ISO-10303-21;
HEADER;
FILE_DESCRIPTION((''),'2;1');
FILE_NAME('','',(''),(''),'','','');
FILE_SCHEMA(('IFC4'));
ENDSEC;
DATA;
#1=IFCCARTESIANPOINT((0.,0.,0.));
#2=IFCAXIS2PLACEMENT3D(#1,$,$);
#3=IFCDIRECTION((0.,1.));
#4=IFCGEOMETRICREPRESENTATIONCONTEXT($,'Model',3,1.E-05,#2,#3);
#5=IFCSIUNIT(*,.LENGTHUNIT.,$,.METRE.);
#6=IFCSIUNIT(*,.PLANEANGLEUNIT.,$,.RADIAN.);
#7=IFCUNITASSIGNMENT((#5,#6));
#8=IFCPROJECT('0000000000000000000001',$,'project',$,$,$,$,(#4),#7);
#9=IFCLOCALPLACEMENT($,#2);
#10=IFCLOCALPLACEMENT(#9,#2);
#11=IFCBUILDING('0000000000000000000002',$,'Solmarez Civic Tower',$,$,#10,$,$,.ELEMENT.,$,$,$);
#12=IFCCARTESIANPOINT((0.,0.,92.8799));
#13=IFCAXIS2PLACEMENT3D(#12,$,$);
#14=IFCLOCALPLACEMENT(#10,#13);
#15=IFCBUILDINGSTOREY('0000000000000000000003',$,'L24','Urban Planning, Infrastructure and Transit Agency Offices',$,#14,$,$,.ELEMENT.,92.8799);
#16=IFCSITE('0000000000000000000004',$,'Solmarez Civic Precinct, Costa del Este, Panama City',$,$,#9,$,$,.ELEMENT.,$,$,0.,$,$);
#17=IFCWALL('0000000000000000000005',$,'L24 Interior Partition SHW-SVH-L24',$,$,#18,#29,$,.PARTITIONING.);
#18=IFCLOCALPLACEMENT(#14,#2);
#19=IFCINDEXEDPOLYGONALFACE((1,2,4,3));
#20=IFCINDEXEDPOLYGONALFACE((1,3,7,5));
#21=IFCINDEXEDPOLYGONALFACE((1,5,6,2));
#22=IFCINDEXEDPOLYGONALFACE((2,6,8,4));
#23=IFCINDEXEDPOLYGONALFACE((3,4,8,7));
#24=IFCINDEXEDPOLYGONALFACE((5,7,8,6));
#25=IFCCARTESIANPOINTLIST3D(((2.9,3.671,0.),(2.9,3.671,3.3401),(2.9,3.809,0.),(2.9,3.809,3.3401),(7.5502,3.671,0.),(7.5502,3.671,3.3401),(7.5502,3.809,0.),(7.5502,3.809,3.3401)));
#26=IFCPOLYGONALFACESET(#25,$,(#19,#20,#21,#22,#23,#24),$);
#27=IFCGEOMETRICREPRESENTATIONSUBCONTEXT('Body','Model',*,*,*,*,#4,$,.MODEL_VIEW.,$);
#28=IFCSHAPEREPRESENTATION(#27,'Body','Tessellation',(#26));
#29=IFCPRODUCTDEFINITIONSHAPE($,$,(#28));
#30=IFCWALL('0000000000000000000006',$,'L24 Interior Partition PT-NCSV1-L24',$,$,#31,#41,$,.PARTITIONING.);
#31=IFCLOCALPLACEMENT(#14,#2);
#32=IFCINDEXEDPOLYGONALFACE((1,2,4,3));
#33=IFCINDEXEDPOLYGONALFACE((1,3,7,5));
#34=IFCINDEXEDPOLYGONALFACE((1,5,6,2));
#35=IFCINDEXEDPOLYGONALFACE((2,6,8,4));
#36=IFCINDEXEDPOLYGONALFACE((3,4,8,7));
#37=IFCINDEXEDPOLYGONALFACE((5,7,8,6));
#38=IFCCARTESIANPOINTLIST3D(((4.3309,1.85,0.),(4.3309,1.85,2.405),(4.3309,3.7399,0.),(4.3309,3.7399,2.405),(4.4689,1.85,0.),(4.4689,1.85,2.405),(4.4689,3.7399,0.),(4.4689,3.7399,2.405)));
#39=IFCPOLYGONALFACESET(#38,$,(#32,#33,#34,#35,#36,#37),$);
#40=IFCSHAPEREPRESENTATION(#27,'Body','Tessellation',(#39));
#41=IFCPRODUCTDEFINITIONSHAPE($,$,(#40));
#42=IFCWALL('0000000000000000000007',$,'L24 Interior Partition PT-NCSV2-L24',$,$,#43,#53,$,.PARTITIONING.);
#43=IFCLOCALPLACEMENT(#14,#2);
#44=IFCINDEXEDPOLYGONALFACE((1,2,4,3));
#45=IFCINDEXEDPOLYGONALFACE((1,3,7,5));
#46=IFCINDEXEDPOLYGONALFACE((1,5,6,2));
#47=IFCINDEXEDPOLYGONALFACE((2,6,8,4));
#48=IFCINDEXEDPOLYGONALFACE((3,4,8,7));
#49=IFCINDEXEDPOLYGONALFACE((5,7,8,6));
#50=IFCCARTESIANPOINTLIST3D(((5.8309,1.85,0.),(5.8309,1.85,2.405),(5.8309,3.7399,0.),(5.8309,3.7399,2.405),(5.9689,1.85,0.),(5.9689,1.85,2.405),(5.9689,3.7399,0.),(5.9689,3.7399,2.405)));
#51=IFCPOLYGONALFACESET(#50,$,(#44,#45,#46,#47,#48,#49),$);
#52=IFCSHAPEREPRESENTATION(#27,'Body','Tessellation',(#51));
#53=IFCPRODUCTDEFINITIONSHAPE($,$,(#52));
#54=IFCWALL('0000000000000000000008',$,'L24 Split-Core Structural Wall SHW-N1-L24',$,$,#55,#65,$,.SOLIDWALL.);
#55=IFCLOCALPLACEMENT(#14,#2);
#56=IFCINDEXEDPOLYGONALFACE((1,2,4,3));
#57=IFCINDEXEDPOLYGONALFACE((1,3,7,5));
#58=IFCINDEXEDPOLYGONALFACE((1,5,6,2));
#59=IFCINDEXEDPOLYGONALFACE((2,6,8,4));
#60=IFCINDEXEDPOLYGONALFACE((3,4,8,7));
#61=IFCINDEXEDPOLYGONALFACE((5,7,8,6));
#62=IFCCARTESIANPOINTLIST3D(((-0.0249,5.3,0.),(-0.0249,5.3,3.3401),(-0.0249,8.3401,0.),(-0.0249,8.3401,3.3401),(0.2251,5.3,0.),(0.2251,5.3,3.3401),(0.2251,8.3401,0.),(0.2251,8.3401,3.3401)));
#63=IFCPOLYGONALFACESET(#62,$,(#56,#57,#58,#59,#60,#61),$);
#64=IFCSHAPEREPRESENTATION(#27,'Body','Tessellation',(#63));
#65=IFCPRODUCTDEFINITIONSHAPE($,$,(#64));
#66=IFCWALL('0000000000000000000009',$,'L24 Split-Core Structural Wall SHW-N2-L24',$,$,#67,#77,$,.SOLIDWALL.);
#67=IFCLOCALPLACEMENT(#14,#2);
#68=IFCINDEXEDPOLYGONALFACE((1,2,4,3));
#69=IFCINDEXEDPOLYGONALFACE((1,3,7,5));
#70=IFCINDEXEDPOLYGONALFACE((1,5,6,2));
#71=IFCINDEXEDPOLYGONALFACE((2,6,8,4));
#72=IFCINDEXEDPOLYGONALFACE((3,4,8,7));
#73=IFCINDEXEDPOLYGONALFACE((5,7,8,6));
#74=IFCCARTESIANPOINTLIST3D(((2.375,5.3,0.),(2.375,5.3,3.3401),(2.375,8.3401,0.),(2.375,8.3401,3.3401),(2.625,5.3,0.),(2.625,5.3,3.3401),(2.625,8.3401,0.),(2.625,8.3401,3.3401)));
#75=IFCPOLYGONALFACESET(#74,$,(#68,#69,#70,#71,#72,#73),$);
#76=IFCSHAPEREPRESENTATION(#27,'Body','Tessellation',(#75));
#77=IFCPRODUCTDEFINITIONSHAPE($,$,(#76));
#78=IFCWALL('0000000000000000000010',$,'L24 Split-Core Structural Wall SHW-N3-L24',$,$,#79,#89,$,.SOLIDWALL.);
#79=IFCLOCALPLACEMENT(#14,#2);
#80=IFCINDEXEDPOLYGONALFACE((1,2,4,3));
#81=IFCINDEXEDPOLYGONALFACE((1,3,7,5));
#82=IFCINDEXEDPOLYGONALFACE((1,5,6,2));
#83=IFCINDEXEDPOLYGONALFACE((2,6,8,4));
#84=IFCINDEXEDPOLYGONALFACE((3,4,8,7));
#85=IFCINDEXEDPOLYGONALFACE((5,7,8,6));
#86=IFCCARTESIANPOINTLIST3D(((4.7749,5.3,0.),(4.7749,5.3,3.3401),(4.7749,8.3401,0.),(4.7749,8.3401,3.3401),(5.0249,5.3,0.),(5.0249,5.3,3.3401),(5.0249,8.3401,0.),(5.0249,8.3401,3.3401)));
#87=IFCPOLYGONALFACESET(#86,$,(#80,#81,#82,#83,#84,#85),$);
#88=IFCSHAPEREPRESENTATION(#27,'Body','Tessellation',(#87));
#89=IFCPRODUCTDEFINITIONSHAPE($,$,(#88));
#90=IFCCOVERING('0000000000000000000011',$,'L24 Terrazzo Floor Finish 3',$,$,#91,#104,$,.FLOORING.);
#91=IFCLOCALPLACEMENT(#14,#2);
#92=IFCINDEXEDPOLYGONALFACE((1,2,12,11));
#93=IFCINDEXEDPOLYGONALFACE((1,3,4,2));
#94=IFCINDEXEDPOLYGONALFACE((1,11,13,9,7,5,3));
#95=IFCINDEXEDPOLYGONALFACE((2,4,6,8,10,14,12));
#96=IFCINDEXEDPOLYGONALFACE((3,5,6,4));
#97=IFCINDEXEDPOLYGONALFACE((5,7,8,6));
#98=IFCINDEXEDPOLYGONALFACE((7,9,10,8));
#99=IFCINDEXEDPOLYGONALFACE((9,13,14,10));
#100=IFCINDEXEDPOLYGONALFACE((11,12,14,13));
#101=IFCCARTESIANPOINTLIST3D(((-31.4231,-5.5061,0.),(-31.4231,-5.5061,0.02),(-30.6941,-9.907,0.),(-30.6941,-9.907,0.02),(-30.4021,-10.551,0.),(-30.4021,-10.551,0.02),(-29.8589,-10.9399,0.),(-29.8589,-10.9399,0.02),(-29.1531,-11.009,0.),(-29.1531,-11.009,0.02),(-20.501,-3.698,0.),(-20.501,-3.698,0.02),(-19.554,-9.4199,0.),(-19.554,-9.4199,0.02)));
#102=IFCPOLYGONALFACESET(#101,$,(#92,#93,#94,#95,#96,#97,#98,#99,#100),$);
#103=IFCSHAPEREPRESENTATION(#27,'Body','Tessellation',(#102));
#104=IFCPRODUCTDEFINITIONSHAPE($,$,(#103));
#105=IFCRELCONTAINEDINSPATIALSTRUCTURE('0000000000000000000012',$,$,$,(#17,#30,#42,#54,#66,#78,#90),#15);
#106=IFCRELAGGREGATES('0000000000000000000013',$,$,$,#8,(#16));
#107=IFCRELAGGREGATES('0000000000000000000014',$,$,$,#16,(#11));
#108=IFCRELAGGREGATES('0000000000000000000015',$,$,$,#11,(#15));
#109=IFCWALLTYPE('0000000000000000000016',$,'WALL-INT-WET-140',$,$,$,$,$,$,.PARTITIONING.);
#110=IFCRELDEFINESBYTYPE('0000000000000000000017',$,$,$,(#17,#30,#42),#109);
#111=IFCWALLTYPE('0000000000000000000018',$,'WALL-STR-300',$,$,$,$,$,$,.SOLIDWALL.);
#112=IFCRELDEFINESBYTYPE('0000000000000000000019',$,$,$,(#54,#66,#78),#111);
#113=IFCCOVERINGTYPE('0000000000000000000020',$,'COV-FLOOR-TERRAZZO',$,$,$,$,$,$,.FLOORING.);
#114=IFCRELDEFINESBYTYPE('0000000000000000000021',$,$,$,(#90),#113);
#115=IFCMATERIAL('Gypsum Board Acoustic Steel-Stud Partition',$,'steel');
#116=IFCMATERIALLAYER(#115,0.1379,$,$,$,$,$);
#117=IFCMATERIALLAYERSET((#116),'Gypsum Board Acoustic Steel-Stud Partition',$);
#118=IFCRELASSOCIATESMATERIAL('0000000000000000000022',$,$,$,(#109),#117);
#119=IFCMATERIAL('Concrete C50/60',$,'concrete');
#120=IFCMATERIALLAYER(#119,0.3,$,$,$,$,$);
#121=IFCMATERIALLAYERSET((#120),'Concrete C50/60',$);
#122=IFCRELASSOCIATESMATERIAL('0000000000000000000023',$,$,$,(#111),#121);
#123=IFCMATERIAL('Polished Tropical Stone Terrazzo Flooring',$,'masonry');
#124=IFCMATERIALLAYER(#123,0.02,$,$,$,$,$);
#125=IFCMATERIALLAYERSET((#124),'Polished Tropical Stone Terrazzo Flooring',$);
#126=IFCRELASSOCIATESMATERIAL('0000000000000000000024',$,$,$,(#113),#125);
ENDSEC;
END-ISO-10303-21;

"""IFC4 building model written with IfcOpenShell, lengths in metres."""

from ifc_helpers import new_model, si_unit, direction, frame, frame_2d, origin, place, context, subcontext, project, spatial, polyline, rectangle, outline, extrude, material, layer, layer_set, type_object, element, save


model = new_model("IFC4")

# Units and contexts
model_context = context("Model", 3, precision=1e-05, world=origin(), true_north=direction((0.0, 1.0)))
body_context = subcontext(model_context, "Body", "Model", "MODEL_VIEW")
ifc_project = project(units=[si_unit("LENGTHUNIT", "METRE"), si_unit("PLANEANGLEUNIT", "RADIAN")], contexts=[model_context])

# Site, building, storey
site_placement = place(None, origin())
site = spatial("IfcSite", under=ifc_project, at=site_placement, Name="Solmarez Civic Precinct, Costa del Este, Panama City", CompositionType="ELEMENT", RefElevation=0.0)
building_placement = place(site_placement, origin())
building = spatial("IfcBuilding", under=site, at=building_placement, Name="Solmarez Civic Tower", CompositionType="ELEMENT")
storey_placement = place(building_placement, frame((0.0, 0.0, 92.8799)))
storey = spatial("IfcBuildingStorey", under=building, at=storey_placement, Name="L24", Description="Urban Planning, Infrastructure and Transit Agency Offices", CompositionType="ELEMENT", Elevation=92.8799)

# Shared definitions
ifc_material_1 = material(Name="Gypsum Board Acoustic Steel-Stud Partition", Category="steel")

# Walls
ifc_layer_1 = layer(ifc_material_1, 0.1379)
ifc_layer_set_1 = layer_set([ifc_layer_1], Name="Gypsum Board Acoustic Steel-Stud Partition")
wall_type_1 = type_object("IfcWallType", Name="WALL-INT-WET-140", PredefinedType="PARTITIONING", material=ifc_layer_set_1)
wall_1_placement = place(storey_placement, frame((2.8999, 3.74, 0.0), z_axis=(0.0, 0.0, 1.0), x_axis=(1.0, 0.0, 0.0)))
element("IfcWall", 1, at=wall_1_placement, inside=storey, type_object=wall_type_1, Name="L24 Interior Partition SHW-SVH-L24", PredefinedType="PARTITIONING", context=body_context, shape_type="SweptSolid", body=[
    extrude(rectangle(XDim=4.6501, YDim=0.1379, at=frame_2d((2.3252, 0.0))), origin(), (0.0, 0.0, 1.0), 3.3401),
])
for number, where, z_axis, x_axis, name in (
    (2, (4.3999, 1.8501, 0.0), (0.0, 0.0, 1.0), (0.0, 1.0, 0.0), "L24 Interior Partition PT-NCSV1-L24"),
    (3, (5.8999, 1.8501, 0.0), (0.0, 0.0, 1.0), (0.0, 1.0, 0.0), "L24 Interior Partition PT-NCSV2-L24"),
):
    element("IfcWall", number, at=place(storey_placement, frame(where, z_axis=z_axis, x_axis=x_axis)), inside=storey, type_object=wall_type_1, Name=name, PredefinedType="PARTITIONING", context=body_context, shape_type="SweptSolid", body=[
        extrude(rectangle(XDim=1.8899, YDim=0.1379, at=frame_2d((0.9448, 0.0))), origin(), (0.0, 0.0, 1.0), 2.405),
    ])

# Shared definitions
ifc_material_2 = material(Name="Concrete C50/60", Category="concrete")
ifc_layer_2 = layer(ifc_material_2, 0.3)
ifc_layer_set_2 = layer_set([ifc_layer_2], Name="Concrete C50/60")
wall_type_2 = type_object("IfcWallType", Name="WALL-STR-300", PredefinedType="SOLIDWALL", material=ifc_layer_set_2)

# Walls
for number, where, z_axis, x_axis, name in (
    (4, (0.1001, 5.3, 0.0), (0.0, 0.0, 1.0), (0.0, 1.0, 0.0), "L24 Split-Core Structural Wall SHW-N1-L24"),
    (5, (2.5, 5.3, 0.0), (0.0, 0.0, 1.0), (0.0, 1.0, 0.0), "L24 Split-Core Structural Wall SHW-N2-L24"),
    (6, (4.8999, 5.3, 0.0), (0.0, 0.0, 1.0), (0.0, 1.0, 0.0), "L24 Split-Core Structural Wall SHW-N3-L24"),
):
    element("IfcWall", number, at=place(storey_placement, frame(where, z_axis=z_axis, x_axis=x_axis)), inside=storey, type_object=wall_type_2, Name=name, PredefinedType="SOLIDWALL", context=body_context, shape_type="SweptSolid", body=[
        extrude(rectangle(XDim=3.04, YDim=0.25, at=frame_2d((1.52, 0.0))), origin(), (0.0, 0.0, 1.0), 3.3401),
    ])

# Covering
ifc_material_3 = material(Name="Polished Tropical Stone Terrazzo Flooring", Category="masonry")
ifc_layer_3 = layer(ifc_material_3, 0.02)
ifc_layer_set_3 = layer_set([ifc_layer_3], Name="Polished Tropical Stone Terrazzo Flooring")
covering_type = type_object("IfcCoveringType", Name="COV-FLOOR-TERRAZZO", PredefinedType="FLOORING", material=ifc_layer_set_3)
covering_placement = place(storey_placement, origin())
element("IfcCovering", 7, at=covering_placement, inside=storey, type_object=covering_type, Name="L24 Terrazzo Floor Finish 3", PredefinedType="FLOORING", context=body_context, shape_type="SweptSolid", body=[
    extrude(outline(polyline([(-31.4231, -5.5061), (-30.6941, -9.907), (-30.4021, -10.551), (-29.8589, -10.9399), (-29.1531, -11.009), (-19.554, -9.4199), (-20.501, -3.698), (-31.4231, -5.5061)])), origin(), (0.0, 0.0, 1.0), 0.02),
])

save(model, "model.ifc")
